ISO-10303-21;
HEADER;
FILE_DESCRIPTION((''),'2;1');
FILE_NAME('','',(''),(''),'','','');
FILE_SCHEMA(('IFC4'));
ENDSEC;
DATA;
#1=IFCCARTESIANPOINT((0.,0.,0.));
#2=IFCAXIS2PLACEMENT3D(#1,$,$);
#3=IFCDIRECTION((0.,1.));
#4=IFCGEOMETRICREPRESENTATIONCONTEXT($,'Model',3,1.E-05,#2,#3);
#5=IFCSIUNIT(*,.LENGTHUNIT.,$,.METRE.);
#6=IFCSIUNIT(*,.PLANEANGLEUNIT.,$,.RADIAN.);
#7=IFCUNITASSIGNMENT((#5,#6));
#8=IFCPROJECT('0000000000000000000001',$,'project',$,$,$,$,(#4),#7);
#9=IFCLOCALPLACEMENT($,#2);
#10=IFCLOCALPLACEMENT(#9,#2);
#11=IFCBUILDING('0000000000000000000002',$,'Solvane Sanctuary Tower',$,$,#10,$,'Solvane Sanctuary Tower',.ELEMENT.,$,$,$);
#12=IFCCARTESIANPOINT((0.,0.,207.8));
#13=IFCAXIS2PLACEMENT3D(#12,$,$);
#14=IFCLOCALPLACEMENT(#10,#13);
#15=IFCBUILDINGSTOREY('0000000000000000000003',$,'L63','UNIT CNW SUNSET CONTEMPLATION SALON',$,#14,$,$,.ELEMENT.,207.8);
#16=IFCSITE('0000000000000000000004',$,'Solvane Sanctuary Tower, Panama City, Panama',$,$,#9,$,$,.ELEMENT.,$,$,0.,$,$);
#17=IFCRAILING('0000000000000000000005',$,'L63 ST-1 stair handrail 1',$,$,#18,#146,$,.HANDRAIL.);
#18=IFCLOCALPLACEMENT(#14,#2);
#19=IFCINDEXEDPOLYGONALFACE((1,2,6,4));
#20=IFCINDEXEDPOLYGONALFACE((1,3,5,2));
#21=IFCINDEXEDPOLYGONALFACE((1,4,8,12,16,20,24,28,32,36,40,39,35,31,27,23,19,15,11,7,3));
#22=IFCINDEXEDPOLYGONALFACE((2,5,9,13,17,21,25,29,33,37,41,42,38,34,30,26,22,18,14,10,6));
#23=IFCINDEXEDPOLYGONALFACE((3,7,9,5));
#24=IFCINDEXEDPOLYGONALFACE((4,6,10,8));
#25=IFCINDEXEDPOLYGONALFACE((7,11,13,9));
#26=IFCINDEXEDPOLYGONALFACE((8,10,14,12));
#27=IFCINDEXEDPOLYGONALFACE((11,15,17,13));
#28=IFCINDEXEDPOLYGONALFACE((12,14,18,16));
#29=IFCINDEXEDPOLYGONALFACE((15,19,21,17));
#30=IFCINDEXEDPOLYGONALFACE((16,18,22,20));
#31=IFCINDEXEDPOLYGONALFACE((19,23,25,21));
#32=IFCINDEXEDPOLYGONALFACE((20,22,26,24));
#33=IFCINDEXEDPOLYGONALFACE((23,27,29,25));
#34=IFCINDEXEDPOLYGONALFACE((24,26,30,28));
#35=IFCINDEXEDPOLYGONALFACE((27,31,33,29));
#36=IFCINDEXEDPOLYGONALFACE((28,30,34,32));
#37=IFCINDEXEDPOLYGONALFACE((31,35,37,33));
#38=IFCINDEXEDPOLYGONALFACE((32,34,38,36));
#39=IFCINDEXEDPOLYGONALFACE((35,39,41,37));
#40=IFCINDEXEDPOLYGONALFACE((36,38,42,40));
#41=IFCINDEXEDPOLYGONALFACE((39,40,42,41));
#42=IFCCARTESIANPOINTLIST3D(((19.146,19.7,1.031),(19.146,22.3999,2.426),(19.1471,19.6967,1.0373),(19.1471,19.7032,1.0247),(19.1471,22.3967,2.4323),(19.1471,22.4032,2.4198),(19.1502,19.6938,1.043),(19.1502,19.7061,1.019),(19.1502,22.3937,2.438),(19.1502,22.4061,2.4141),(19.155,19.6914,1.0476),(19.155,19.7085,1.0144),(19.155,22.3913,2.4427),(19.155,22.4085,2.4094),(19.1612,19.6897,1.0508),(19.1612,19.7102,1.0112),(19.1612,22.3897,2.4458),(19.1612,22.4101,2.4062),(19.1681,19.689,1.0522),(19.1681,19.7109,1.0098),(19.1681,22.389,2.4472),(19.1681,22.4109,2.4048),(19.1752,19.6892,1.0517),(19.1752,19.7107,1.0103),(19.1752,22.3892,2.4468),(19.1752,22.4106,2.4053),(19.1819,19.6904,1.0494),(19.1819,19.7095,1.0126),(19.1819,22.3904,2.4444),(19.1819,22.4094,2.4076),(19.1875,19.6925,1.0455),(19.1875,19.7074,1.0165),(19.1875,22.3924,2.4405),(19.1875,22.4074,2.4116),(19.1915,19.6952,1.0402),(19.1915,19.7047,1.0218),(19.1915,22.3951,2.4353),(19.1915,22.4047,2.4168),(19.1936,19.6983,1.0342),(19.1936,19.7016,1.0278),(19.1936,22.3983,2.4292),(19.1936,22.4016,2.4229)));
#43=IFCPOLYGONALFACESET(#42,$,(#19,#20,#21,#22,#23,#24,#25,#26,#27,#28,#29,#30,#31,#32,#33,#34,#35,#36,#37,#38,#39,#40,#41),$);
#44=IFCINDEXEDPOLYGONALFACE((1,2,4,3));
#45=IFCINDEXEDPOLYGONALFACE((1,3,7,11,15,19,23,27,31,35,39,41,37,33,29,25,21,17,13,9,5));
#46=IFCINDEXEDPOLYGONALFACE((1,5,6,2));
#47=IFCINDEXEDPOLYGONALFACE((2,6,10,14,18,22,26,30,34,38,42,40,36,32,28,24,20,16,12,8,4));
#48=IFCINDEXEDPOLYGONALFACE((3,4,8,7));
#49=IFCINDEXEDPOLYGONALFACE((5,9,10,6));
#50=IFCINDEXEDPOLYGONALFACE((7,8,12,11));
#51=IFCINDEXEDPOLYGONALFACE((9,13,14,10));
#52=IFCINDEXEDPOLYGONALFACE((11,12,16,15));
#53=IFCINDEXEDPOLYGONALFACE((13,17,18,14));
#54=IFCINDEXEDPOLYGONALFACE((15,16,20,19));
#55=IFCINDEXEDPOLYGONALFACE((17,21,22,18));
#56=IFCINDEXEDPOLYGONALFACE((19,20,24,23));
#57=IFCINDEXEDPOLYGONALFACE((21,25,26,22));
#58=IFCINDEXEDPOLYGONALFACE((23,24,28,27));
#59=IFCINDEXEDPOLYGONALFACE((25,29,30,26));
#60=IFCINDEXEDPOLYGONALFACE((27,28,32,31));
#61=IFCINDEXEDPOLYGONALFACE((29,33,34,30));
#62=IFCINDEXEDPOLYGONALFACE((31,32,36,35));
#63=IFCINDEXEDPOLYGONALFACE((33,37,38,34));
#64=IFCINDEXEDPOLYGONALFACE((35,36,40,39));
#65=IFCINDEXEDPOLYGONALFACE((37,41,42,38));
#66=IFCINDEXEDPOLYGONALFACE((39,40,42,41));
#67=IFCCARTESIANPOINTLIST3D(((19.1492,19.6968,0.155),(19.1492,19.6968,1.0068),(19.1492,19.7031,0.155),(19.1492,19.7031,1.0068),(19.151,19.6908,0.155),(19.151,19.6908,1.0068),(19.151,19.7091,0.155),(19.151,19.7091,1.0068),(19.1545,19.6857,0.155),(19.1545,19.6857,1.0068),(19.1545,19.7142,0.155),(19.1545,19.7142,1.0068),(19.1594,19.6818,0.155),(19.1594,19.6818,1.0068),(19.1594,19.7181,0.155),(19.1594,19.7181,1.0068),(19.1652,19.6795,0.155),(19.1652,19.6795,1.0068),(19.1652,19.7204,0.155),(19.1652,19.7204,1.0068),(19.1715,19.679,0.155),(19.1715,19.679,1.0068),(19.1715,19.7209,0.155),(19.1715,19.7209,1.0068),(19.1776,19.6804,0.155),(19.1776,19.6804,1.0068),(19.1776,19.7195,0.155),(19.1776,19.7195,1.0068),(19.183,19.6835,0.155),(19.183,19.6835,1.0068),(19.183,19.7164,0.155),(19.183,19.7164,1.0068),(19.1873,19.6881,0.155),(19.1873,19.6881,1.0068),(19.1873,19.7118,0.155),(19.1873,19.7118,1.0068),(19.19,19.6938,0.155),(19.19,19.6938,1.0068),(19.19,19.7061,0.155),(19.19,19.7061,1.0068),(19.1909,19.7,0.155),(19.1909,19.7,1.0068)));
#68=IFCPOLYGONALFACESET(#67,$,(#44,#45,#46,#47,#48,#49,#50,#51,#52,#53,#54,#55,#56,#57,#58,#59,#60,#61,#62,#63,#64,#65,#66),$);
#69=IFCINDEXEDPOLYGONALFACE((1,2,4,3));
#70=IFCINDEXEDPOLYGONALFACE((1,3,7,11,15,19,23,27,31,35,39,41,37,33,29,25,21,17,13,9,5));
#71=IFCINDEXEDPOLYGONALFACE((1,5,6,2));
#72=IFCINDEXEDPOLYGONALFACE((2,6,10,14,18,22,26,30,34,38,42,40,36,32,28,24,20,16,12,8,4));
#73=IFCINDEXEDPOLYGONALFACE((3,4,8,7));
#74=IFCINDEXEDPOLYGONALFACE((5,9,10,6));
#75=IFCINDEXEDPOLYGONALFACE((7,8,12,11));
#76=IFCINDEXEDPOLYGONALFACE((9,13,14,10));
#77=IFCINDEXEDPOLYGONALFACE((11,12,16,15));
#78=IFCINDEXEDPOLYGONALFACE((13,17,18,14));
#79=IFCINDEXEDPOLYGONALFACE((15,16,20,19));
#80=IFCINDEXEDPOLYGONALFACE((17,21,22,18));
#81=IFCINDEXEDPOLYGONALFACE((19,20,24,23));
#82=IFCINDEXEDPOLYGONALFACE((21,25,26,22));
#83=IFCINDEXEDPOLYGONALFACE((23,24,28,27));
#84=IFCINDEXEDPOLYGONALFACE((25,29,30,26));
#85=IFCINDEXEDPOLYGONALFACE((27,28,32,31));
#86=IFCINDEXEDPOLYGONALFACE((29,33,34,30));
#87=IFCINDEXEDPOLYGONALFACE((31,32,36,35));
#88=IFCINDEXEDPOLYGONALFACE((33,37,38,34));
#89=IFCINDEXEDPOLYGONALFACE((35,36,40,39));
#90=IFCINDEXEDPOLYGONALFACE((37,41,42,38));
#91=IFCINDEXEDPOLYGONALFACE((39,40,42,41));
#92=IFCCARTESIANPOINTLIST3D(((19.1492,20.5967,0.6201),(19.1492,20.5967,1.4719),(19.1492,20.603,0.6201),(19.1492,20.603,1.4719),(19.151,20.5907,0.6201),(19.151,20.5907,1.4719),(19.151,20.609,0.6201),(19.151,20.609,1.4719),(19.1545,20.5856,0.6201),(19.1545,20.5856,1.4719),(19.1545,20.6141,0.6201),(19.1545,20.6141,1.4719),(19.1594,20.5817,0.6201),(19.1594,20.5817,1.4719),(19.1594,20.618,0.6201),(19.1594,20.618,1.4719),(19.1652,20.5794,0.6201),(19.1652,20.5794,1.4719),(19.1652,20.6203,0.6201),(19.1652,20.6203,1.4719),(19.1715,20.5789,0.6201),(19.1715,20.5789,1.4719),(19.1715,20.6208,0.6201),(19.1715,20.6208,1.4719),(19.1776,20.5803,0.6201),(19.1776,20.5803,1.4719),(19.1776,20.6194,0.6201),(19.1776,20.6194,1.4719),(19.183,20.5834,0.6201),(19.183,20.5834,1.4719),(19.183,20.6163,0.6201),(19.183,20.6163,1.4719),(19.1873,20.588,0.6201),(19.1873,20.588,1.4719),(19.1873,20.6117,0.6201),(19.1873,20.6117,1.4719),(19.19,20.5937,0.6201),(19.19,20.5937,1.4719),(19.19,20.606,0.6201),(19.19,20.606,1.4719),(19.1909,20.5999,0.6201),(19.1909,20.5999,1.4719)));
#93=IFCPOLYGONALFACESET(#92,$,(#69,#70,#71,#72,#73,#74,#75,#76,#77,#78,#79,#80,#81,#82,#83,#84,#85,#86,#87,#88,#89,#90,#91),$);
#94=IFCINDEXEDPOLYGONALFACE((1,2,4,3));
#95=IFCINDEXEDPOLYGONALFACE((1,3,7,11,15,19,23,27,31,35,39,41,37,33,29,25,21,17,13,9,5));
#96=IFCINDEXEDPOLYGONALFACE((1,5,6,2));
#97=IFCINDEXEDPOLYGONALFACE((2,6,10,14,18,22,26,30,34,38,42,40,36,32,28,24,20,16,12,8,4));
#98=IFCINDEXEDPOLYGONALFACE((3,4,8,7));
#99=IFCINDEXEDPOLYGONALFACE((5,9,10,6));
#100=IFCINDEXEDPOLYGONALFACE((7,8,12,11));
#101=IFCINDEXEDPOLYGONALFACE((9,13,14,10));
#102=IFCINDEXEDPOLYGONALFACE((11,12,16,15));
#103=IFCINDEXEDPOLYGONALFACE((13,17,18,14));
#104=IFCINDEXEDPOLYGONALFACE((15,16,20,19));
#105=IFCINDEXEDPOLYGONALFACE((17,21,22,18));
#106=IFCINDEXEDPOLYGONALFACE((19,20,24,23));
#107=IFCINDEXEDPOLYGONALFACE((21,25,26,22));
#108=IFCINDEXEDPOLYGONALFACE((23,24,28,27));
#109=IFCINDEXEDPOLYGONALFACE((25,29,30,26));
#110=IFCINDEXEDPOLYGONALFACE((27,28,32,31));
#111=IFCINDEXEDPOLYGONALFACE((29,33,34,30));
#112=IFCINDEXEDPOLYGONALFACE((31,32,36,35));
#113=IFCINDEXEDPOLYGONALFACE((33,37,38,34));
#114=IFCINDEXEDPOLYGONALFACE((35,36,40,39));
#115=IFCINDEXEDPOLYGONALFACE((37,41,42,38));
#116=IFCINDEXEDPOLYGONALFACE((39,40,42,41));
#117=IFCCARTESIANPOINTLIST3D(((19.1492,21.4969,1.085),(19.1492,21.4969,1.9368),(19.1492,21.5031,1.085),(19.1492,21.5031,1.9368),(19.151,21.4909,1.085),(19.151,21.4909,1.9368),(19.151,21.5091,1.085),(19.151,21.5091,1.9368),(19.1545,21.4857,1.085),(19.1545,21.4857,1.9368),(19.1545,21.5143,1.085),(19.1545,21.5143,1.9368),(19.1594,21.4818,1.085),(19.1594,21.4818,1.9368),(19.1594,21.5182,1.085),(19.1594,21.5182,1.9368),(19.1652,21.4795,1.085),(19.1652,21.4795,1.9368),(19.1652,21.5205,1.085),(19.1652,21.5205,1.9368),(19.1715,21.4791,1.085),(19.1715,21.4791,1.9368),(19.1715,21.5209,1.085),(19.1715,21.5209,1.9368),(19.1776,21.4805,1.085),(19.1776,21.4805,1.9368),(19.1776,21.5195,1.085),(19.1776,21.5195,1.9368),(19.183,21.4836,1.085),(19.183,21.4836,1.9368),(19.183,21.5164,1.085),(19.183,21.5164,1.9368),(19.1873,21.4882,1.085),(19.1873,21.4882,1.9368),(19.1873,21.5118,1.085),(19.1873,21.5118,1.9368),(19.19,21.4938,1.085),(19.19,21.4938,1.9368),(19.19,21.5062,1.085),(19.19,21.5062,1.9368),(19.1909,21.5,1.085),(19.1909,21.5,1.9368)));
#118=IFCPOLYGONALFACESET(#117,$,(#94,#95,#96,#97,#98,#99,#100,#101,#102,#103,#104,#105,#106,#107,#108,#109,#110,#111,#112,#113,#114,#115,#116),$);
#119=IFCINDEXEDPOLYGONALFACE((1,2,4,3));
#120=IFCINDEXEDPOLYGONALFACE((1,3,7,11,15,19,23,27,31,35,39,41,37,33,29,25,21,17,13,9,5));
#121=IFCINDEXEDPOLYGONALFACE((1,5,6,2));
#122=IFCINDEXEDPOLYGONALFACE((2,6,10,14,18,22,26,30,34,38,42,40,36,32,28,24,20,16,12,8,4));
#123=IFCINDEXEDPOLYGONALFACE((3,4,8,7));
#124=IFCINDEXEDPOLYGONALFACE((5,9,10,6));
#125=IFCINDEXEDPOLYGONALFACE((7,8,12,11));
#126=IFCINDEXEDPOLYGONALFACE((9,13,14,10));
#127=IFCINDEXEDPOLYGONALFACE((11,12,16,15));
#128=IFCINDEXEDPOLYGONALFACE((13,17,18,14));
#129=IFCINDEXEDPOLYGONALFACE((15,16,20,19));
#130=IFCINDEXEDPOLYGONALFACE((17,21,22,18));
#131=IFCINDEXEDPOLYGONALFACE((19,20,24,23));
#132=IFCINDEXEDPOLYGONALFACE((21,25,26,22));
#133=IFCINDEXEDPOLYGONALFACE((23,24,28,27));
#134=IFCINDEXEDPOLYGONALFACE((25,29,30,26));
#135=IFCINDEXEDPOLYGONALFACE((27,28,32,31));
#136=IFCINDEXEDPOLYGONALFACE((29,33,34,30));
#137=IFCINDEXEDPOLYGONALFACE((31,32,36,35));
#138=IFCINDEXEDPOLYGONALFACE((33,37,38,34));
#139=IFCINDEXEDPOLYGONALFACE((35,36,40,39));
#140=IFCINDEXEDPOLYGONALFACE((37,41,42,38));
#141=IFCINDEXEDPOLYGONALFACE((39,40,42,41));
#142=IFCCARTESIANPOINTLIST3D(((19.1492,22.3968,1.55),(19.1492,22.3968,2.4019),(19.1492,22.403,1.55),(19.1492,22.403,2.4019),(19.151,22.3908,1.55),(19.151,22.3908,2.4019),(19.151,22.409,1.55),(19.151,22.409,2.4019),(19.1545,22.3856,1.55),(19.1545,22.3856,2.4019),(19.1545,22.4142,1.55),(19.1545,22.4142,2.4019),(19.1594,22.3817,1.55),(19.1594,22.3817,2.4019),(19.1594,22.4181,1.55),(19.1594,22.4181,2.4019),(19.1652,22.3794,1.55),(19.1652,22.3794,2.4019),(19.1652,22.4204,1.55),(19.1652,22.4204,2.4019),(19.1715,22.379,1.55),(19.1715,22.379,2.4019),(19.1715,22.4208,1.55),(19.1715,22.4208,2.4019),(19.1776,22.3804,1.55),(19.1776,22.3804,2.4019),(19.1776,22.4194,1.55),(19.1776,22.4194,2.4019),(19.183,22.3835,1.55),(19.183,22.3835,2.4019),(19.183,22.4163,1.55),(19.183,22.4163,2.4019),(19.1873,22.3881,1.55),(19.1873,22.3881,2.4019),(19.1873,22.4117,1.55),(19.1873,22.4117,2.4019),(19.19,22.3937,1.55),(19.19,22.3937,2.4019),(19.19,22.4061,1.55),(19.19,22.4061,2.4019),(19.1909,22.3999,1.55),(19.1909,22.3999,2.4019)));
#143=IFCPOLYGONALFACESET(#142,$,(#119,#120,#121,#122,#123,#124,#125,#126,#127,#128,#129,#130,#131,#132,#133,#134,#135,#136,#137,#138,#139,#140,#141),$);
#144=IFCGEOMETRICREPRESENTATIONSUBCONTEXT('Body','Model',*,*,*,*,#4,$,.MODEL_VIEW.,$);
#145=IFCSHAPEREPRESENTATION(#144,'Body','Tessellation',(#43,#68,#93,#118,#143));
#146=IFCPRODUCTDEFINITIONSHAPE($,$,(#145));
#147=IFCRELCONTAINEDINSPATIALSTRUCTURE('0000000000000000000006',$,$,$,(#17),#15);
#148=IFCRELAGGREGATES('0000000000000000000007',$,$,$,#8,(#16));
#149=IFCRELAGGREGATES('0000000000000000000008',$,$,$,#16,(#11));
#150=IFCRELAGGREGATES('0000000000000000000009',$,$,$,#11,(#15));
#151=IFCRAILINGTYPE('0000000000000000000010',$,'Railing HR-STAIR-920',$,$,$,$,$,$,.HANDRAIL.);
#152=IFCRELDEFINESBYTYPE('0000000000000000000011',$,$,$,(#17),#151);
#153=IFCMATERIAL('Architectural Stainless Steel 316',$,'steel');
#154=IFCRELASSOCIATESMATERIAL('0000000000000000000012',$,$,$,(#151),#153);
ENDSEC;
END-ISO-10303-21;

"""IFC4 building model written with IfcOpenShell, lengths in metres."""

from ifc_helpers import new_model, si_unit, direction, frame, origin, origin_2d, place, context, subcontext, project, spatial, circle, extrude, material, type_object, element, save


model = new_model("IFC4")

# Units and contexts
model_context = context("Model", 3, precision=1e-05, world=origin(), true_north=direction((0.0, 1.0)))
body_context = subcontext(model_context, "Body", "Model", "MODEL_VIEW")
ifc_project = project(units=[si_unit("LENGTHUNIT", "METRE"), si_unit("PLANEANGLEUNIT", "RADIAN")], contexts=[model_context])

# Site, building, storey
site_placement = place(None, origin())
site = spatial("IfcSite", under=ifc_project, at=site_placement, Name="Solvane Sanctuary Tower, Panama City, Panama", CompositionType="ELEMENT", RefElevation=0.0)
building_placement = place(site_placement, origin())
building = spatial("IfcBuilding", under=site, at=building_placement, Name="Solvane Sanctuary Tower", LongName="Solvane Sanctuary Tower", CompositionType="ELEMENT")
storey_placement = place(building_placement, frame((0.0, 0.0, 207.8)))
storey = spatial("IfcBuildingStorey", under=building, at=storey_placement, Name="L63", Description="UNIT CNW SUNSET CONTEMPLATION SALON", CompositionType="ELEMENT", Elevation=207.8)

# Shared definitions
ifc_material_1 = material(Name="Architectural Stainless Steel 316", Category="steel")

# Railing
railing_type_1 = type_object("IfcRailingType", Name="Railing HR-STAIR-920", PredefinedType="HANDRAIL", material=ifc_material_1)
railing_1_placement = place(storey_placement, frame((19.1699, 19.7, 0.155)))
element("IfcRailing", 1, at=railing_1_placement, inside=storey, type_object=railing_type_1, Name="L63 ST-1 stair handrail 1", PredefinedType="HANDRAIL", context=body_context, shape_type="SweptSolid", body=[
    extrude(circle(Radius=0.0239, at=origin_2d()), frame((0.0, 0.0, 0.876), z_axis=(0.0, 0.88842, 0.459032), x_axis=(-1.0, 0.0, 0.0)), (0.0, 0.0, 1.0), 3.0391),
    extrude(circle(Radius=0.021, at=origin_2d()), origin(), (0.0, 0.0, 1.0), 0.8518),
    extrude(circle(Radius=0.021, at=origin_2d()), frame((0.0, 0.8999, 0.4651)), (0.0, 0.0, 1.0), 0.8518),
    extrude(circle(Radius=0.021, at=origin_2d()), frame((0.0, 1.8, 0.9299)), (0.0, 0.0, 1.0), 0.8518),
    extrude(circle(Radius=0.021, at=origin_2d()), frame((0.0, 2.7, 1.395)), (0.0, 0.0, 1.0), 0.8518),
])

save(model, "model.ifc")
